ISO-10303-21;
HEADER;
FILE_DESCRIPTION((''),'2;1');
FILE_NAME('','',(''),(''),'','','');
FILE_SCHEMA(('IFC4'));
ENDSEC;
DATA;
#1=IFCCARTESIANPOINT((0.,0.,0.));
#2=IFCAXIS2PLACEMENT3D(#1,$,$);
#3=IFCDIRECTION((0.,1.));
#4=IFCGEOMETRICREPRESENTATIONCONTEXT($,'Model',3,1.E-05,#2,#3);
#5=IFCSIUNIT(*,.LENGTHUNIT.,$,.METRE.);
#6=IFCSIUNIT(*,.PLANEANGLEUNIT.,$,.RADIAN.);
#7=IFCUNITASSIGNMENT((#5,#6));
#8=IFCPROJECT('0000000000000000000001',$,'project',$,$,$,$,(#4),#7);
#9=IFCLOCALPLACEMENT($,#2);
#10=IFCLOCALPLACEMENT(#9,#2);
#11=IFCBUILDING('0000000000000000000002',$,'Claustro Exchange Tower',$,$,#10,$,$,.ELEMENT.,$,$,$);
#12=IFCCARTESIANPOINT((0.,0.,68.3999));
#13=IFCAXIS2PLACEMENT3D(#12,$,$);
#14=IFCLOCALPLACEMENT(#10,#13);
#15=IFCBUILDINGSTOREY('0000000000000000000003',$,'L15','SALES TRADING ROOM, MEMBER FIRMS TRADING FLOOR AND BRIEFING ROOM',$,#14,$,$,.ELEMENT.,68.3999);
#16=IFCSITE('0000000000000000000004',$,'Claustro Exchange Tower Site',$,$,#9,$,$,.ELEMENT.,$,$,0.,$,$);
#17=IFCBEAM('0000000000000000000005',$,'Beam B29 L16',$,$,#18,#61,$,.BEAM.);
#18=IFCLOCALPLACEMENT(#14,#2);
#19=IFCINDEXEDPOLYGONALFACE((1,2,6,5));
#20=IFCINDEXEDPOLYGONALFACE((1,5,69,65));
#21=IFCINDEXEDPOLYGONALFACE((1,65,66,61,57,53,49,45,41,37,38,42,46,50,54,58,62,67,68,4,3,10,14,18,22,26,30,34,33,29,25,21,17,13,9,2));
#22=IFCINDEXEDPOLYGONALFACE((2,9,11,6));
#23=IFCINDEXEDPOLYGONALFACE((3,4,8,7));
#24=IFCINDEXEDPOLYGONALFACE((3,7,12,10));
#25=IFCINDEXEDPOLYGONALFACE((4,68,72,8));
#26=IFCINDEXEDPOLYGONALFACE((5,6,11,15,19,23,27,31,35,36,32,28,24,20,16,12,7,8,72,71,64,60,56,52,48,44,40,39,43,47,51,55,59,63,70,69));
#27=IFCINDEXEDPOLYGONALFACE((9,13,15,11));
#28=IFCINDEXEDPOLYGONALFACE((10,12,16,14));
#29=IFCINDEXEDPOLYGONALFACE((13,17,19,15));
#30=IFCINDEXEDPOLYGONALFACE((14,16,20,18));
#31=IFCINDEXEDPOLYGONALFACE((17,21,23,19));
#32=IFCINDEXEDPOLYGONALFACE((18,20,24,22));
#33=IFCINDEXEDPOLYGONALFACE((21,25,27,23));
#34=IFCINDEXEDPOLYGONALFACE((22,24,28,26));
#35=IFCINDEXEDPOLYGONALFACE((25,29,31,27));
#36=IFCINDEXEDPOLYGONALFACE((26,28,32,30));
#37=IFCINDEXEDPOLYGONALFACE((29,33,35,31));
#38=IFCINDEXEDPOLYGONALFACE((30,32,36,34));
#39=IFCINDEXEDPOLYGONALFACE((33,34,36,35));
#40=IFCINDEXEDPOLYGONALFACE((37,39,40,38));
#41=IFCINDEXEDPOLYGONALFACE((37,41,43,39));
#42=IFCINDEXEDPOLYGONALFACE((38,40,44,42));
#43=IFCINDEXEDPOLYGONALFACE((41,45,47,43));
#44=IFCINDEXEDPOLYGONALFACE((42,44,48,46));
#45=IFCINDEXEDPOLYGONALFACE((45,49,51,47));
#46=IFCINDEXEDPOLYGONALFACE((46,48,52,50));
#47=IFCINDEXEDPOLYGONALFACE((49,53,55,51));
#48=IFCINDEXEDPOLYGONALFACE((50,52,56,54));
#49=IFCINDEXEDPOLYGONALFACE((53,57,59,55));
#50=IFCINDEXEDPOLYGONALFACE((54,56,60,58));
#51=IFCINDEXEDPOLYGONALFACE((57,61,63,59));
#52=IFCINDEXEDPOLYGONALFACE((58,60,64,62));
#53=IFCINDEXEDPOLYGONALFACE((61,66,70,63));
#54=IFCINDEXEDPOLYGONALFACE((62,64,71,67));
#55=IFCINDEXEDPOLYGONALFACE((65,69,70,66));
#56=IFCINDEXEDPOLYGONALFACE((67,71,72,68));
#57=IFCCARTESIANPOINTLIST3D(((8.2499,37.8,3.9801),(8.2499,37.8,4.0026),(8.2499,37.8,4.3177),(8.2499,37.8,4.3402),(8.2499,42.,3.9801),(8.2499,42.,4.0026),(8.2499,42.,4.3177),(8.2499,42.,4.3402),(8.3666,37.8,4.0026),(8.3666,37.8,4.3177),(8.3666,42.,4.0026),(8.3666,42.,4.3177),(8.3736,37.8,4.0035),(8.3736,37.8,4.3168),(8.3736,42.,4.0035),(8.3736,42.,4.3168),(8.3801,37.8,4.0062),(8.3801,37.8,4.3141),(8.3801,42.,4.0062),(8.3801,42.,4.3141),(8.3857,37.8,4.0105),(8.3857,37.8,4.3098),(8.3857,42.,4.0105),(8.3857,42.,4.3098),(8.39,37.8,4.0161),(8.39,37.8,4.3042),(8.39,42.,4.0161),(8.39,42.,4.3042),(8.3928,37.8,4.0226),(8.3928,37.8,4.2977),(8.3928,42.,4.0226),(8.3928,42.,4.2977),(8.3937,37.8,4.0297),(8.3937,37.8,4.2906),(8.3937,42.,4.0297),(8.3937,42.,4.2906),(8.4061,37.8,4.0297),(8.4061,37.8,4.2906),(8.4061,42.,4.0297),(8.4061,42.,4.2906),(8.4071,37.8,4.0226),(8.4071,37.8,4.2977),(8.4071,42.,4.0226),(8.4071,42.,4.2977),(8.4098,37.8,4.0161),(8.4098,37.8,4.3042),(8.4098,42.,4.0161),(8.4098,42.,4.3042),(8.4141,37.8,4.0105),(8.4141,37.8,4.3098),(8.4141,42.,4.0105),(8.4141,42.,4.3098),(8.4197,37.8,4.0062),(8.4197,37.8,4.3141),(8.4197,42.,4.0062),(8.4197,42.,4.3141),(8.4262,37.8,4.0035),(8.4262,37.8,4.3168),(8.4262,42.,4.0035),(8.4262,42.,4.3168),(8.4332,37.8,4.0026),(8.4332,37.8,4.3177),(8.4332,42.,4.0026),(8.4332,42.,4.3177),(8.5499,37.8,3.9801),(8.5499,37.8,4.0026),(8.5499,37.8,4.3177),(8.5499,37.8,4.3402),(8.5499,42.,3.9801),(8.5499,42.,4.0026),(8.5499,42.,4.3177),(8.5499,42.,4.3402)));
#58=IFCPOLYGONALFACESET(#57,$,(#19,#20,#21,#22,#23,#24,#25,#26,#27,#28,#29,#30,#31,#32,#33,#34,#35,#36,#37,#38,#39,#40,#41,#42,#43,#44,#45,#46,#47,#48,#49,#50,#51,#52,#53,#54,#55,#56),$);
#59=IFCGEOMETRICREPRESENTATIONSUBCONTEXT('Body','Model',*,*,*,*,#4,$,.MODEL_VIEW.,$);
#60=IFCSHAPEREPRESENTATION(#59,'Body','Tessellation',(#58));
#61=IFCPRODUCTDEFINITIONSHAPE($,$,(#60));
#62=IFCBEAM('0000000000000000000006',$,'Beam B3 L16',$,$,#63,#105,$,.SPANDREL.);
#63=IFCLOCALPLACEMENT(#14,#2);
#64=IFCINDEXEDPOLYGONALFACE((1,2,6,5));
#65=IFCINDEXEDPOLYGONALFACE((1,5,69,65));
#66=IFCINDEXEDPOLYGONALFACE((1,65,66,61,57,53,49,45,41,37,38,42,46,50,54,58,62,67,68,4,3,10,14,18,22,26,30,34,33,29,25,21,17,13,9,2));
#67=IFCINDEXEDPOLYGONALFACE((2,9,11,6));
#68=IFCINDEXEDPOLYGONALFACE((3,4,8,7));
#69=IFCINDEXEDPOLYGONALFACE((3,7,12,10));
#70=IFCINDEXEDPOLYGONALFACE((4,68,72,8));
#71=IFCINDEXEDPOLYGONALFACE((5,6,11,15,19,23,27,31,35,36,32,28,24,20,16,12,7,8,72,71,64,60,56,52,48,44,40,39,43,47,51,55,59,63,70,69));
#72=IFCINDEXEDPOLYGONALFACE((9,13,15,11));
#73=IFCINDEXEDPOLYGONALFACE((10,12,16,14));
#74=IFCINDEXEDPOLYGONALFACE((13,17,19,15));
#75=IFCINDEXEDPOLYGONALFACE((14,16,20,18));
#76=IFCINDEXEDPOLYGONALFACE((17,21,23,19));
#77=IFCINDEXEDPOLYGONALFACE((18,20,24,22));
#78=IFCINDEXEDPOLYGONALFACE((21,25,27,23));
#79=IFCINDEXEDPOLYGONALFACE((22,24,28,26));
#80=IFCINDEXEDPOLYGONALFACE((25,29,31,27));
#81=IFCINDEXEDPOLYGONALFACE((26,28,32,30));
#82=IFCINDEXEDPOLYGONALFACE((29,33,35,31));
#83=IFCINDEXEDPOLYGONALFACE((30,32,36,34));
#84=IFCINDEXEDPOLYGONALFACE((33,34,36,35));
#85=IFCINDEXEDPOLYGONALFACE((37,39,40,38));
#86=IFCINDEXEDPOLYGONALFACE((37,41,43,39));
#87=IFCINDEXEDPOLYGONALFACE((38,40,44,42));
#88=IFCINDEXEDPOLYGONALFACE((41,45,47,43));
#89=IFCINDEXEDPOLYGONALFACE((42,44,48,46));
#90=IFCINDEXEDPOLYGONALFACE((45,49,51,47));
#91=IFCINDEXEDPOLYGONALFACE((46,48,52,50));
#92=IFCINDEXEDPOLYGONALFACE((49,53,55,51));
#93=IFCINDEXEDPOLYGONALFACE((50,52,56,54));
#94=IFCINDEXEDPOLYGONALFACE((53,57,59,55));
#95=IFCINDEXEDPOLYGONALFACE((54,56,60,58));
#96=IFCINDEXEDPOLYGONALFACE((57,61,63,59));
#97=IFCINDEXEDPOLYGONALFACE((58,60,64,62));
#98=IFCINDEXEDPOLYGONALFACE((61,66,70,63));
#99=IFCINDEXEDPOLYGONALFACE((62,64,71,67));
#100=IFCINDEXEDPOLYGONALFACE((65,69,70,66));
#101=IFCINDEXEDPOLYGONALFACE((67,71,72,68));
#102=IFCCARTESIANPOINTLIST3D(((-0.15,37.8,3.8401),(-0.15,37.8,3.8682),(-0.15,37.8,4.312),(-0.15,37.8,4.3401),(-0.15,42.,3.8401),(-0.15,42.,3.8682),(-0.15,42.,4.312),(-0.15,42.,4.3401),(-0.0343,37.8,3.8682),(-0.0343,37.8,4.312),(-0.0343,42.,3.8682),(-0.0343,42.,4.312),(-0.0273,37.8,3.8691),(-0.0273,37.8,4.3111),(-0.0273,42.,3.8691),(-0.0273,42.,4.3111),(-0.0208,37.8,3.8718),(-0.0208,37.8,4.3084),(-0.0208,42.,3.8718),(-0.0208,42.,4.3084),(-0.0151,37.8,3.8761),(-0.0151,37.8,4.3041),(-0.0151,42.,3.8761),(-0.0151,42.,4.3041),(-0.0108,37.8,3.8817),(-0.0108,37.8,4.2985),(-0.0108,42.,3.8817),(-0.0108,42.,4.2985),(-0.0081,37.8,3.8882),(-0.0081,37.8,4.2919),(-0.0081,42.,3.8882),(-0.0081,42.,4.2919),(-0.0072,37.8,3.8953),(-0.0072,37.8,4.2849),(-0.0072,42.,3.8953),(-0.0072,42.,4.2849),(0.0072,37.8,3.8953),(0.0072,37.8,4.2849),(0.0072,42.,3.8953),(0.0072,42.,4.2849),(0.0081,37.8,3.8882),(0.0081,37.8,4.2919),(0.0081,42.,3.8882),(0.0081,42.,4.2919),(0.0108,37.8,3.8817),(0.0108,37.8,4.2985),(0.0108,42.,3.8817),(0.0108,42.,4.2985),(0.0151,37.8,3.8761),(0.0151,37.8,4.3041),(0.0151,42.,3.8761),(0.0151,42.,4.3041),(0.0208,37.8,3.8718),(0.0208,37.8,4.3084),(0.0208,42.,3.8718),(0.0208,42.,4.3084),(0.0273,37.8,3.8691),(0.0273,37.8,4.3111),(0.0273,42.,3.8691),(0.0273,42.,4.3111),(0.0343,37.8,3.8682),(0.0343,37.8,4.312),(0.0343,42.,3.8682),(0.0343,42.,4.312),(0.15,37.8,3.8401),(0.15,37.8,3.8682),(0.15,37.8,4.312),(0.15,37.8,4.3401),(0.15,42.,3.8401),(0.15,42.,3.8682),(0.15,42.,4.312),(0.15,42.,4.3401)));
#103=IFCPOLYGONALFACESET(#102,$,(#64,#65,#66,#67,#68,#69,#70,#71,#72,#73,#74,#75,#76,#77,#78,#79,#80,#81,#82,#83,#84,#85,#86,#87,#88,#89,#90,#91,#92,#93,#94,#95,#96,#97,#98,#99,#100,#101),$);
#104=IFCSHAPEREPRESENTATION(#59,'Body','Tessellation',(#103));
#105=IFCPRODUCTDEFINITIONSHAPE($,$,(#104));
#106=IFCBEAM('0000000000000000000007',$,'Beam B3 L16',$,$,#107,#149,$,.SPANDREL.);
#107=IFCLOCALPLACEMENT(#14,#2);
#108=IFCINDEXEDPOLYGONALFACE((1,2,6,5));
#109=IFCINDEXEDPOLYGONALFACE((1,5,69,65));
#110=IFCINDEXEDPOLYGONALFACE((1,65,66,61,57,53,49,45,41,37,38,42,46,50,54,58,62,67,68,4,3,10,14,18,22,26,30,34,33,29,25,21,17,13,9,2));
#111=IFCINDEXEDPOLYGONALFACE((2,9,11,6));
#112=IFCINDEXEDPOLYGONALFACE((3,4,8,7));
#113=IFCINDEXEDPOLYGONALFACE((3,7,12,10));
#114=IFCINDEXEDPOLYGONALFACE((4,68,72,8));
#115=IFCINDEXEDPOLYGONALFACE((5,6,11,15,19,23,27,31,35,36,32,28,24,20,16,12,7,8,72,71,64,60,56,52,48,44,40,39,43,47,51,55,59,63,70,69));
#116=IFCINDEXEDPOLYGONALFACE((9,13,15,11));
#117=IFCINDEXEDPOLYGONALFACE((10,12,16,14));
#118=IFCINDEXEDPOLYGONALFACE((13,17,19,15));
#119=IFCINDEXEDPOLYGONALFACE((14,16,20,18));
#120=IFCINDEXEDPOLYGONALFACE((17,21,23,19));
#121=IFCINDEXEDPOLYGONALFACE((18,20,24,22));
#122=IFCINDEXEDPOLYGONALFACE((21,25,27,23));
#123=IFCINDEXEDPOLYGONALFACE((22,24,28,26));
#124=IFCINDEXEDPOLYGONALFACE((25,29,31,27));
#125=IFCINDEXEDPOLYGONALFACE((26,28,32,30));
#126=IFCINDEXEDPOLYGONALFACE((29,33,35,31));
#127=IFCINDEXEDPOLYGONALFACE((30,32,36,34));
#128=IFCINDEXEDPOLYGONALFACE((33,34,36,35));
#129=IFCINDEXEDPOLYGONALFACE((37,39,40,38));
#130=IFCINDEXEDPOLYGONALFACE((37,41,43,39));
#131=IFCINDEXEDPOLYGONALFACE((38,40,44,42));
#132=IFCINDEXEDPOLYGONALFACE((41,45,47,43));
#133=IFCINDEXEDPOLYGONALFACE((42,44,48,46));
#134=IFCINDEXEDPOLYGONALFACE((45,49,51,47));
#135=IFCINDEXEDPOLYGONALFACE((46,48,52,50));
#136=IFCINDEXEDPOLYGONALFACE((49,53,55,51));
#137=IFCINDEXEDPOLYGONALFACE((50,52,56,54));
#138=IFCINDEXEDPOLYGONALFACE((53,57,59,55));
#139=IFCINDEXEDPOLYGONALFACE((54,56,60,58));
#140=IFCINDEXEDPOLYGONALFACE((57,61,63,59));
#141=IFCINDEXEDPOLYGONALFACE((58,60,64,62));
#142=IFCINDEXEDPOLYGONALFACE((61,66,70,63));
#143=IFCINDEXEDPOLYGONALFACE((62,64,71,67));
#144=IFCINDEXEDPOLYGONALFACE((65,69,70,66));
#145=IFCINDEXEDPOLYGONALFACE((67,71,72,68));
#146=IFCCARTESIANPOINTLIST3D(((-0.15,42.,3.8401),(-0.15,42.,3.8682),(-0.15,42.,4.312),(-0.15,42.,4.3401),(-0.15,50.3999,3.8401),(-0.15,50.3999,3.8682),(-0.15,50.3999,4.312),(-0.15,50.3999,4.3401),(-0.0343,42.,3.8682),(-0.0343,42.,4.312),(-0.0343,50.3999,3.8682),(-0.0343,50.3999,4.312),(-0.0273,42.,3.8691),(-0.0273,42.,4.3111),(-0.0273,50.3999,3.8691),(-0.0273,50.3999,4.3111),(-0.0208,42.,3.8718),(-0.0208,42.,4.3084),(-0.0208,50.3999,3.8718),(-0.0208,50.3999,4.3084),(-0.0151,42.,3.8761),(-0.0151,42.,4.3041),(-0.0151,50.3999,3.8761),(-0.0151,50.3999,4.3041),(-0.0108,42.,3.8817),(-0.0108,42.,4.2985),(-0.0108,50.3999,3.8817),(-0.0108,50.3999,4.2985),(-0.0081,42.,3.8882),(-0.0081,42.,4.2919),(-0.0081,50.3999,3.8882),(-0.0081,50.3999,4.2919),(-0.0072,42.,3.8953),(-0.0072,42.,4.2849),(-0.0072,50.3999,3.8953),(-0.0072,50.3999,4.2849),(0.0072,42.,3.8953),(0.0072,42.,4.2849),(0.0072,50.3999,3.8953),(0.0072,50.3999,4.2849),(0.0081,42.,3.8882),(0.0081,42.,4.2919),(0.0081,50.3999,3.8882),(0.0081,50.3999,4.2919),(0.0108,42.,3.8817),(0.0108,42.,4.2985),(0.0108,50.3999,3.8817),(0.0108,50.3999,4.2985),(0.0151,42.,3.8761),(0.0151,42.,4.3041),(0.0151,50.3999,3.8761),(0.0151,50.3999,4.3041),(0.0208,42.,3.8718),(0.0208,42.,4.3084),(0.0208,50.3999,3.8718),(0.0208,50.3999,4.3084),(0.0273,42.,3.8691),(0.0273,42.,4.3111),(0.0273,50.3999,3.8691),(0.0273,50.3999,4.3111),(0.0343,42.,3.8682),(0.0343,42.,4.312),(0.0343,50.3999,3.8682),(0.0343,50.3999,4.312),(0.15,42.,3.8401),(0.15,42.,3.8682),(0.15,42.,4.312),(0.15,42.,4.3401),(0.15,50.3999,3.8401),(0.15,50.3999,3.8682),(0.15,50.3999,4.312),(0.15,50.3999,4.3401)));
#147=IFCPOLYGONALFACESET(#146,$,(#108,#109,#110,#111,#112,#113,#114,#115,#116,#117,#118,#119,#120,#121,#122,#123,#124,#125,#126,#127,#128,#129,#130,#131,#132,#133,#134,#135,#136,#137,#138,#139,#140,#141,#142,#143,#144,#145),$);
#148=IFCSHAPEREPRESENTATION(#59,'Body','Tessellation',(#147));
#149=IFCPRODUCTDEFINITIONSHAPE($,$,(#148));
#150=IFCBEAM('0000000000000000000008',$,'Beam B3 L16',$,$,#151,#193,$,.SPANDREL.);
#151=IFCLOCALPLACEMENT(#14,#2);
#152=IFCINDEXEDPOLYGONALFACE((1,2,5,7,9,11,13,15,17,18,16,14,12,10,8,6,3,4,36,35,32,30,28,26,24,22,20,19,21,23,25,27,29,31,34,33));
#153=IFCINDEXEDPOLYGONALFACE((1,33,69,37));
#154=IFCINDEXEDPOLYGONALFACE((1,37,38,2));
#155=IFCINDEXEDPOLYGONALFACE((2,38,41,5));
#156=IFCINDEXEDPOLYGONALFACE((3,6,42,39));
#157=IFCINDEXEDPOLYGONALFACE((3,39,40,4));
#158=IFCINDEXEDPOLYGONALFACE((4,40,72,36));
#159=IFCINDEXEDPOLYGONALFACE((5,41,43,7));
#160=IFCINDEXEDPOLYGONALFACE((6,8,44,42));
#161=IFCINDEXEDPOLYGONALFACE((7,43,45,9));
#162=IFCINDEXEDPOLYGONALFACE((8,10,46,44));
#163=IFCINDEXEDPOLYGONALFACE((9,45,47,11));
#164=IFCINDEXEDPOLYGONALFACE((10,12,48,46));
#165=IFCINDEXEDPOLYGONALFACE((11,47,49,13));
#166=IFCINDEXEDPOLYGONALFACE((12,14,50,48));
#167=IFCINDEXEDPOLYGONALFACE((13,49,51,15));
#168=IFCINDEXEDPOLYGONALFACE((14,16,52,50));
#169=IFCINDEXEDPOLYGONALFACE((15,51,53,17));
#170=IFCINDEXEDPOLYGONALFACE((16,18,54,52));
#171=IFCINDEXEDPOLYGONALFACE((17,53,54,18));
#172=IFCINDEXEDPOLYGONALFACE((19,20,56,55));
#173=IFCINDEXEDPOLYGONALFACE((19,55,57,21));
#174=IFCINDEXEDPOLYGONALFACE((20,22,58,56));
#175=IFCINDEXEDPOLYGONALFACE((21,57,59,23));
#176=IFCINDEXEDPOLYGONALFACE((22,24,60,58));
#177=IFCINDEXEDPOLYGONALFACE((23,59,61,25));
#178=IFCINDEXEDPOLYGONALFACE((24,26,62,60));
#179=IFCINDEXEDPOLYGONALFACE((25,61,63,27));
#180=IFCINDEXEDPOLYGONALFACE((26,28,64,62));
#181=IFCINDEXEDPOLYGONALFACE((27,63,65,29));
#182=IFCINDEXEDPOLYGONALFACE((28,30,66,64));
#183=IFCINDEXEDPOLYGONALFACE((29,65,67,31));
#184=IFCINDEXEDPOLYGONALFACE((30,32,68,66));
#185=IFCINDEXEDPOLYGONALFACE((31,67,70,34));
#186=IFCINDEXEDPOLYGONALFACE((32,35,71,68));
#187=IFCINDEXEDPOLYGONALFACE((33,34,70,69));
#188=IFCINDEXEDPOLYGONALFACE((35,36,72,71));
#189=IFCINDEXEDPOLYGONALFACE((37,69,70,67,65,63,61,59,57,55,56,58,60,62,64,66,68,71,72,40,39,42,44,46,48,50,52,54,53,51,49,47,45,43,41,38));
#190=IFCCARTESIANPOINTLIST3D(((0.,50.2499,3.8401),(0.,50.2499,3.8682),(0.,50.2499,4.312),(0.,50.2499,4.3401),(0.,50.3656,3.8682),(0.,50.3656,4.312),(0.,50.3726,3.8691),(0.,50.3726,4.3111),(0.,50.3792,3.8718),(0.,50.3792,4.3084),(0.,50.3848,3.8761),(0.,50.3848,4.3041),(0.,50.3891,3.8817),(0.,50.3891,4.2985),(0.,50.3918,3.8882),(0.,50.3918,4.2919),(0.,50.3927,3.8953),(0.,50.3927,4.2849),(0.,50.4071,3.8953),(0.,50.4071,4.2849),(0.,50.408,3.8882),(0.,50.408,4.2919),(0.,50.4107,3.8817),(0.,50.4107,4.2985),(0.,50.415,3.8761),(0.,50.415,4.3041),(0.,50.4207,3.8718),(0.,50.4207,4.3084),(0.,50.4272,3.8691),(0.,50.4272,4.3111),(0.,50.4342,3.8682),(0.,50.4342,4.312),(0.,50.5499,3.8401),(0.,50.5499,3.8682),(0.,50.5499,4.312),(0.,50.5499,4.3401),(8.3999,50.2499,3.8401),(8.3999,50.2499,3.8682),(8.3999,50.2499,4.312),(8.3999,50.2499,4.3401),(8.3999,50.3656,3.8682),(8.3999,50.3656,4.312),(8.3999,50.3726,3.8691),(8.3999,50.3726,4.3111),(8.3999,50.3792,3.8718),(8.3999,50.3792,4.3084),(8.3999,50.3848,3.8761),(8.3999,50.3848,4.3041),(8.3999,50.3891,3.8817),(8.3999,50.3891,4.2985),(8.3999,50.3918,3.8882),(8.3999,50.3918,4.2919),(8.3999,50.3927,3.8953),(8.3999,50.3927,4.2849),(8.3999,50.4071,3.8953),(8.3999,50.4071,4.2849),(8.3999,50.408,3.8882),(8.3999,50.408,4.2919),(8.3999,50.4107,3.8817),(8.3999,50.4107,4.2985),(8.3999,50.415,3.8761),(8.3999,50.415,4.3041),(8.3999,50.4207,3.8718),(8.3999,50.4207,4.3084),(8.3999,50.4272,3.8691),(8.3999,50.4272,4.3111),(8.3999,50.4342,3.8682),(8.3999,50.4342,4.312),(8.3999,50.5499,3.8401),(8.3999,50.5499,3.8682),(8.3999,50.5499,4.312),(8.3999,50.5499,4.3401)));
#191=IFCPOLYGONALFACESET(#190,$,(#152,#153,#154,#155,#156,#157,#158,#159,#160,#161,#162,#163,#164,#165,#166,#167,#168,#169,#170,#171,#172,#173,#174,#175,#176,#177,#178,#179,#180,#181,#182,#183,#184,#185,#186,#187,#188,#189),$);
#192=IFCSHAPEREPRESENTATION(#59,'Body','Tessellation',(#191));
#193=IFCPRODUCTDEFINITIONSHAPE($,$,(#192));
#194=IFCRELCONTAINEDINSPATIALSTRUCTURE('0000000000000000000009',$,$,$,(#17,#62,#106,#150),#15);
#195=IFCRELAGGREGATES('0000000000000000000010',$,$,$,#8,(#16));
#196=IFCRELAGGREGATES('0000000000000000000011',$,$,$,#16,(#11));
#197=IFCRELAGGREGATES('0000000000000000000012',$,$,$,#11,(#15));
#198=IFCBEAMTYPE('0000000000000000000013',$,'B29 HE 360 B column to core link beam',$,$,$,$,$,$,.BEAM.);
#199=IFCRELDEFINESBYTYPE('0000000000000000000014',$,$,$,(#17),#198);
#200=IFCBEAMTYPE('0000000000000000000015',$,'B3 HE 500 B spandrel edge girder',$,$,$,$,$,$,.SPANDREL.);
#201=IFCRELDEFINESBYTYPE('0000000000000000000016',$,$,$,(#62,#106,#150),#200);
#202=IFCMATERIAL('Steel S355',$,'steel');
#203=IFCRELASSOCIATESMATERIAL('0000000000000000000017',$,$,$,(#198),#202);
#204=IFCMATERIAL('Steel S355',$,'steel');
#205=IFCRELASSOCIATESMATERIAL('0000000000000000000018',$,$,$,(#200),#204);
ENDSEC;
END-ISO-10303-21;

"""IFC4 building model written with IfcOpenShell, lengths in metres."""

from ifc_helpers import new_model, si_unit, direction, frame, origin, origin_2d, place, context, subcontext, project, spatial, i_section, extrude, material, material_profile, profile_set, type_object, element, save


model = new_model("IFC4")

# Units and contexts
model_context = context("Model", 3, precision=1e-05, world=origin(), true_north=direction((0.0, 1.0)))
body_context = subcontext(model_context, "Body", "Model", "MODEL_VIEW")
ifc_project = project(units=[si_unit("LENGTHUNIT", "METRE"), si_unit("PLANEANGLEUNIT", "RADIAN")], contexts=[model_context])

# Site, building, storey
site_placement = place(None, origin())
site = spatial("IfcSite", under=ifc_project, at=site_placement, Name="Claustro Exchange Tower Site", CompositionType="ELEMENT", RefElevation=0.0)
building_placement = place(site_placement, origin())
building = spatial("IfcBuilding", under=site, at=building_placement, Name="Claustro Exchange Tower", CompositionType="ELEMENT")
storey_placement = place(building_placement, frame((0.0, 0.0, 68.3999)))
storey = spatial("IfcBuildingStorey", under=building, at=storey_placement, Name="L15", Description="SALES TRADING ROOM, MEMBER FIRMS TRADING FLOOR AND BRIEFING ROOM", CompositionType="ELEMENT", Elevation=68.3999)

# Beams
ifc_material_1 = material(Name="Steel S355", Category="steel")
ifc_material_profile_1 = material_profile(ifc_material_1, i_section(OverallWidth=0.3, OverallDepth=0.3601, WebThickness=0.0125, FlangeThickness=0.0225, FilletRadius=0.0271, at=origin_2d()), Name="HE 360 B")
ifc_profile_set_1 = profile_set([ifc_material_profile_1], Name="Steel S355")
beam_type_1 = type_object("IfcBeamType", Name="B29 HE 360 B column to core link beam", PredefinedType="BEAM", material=ifc_profile_set_1)
beam_1_placement = place(storey_placement, frame((8.3999, 37.8, 4.1602), z_axis=(0.0, 1.0, 0.0), x_axis=(-1.0, 0.0, 0.0)))
element("IfcBeam", 1, at=beam_1_placement, inside=storey, type_object=beam_type_1, Name="Beam B29 L16", PredefinedType="BEAM", context=body_context, shape_type="SweptSolid", body=[
    extrude(i_section(OverallWidth=0.3, OverallDepth=0.3601, WebThickness=0.0125, FlangeThickness=0.0225, FilletRadius=0.0271, at=origin_2d()), origin(), (0.0, 0.0, 1.0), 4.2),
])
ifc_material_2 = material(Name="Steel S355", Category="steel")
ifc_material_profile_2 = material_profile(ifc_material_2, i_section(OverallWidth=0.3, OverallDepth=0.5, WebThickness=0.0144, FlangeThickness=0.0281, FilletRadius=0.0271, at=origin_2d()), Name="HE 500 B")
ifc_profile_set_2 = profile_set([ifc_material_profile_2], Name="Steel S355")
beam_type_2 = type_object("IfcBeamType", Name="B3 HE 500 B spandrel edge girder", PredefinedType="SPANDREL", material=ifc_profile_set_2)
beam_2_placement = place(storey_placement, frame((0.0, 37.8, 4.0901), z_axis=(0.0, 1.0, 0.0), x_axis=(-1.0, 0.0, 0.0)))
element("IfcBeam", 2, at=beam_2_placement, inside=storey, type_object=beam_type_2, Name="Beam B3 L16", PredefinedType="SPANDREL", context=body_context, shape_type="SweptSolid", body=[
    extrude(i_section(OverallWidth=0.3, OverallDepth=0.5, WebThickness=0.0144, FlangeThickness=0.0281, FilletRadius=0.0271, at=origin_2d()), origin(), (0.0, 0.0, 1.0), 4.2),
])
for number, where, z_axis, x_axis, name in (
    (3, (0.0, 42.0, 4.0901), (0.0, 1.0, 0.0), (-1.0, 0.0, 0.0), "Beam B3 L16"),
    (4, (0.0, 50.3999, 4.0901), (1.0, 0.0, 0.0), (0.0, 1.0, 0.0), "Beam B3 L16"),
):
    element("IfcBeam", number, at=place(storey_placement, frame(where, z_axis=z_axis, x_axis=x_axis)), inside=storey, type_object=beam_type_2, Name=name, PredefinedType="SPANDREL", context=body_context, shape_type="SweptSolid", body=[
        extrude(i_section(OverallWidth=0.3, OverallDepth=0.5, WebThickness=0.0144, FlangeThickness=0.0281, FilletRadius=0.0271, at=origin_2d()), origin(), (0.0, 0.0, 1.0), 8.3999),
    ])

save(model, "model.ifc")
